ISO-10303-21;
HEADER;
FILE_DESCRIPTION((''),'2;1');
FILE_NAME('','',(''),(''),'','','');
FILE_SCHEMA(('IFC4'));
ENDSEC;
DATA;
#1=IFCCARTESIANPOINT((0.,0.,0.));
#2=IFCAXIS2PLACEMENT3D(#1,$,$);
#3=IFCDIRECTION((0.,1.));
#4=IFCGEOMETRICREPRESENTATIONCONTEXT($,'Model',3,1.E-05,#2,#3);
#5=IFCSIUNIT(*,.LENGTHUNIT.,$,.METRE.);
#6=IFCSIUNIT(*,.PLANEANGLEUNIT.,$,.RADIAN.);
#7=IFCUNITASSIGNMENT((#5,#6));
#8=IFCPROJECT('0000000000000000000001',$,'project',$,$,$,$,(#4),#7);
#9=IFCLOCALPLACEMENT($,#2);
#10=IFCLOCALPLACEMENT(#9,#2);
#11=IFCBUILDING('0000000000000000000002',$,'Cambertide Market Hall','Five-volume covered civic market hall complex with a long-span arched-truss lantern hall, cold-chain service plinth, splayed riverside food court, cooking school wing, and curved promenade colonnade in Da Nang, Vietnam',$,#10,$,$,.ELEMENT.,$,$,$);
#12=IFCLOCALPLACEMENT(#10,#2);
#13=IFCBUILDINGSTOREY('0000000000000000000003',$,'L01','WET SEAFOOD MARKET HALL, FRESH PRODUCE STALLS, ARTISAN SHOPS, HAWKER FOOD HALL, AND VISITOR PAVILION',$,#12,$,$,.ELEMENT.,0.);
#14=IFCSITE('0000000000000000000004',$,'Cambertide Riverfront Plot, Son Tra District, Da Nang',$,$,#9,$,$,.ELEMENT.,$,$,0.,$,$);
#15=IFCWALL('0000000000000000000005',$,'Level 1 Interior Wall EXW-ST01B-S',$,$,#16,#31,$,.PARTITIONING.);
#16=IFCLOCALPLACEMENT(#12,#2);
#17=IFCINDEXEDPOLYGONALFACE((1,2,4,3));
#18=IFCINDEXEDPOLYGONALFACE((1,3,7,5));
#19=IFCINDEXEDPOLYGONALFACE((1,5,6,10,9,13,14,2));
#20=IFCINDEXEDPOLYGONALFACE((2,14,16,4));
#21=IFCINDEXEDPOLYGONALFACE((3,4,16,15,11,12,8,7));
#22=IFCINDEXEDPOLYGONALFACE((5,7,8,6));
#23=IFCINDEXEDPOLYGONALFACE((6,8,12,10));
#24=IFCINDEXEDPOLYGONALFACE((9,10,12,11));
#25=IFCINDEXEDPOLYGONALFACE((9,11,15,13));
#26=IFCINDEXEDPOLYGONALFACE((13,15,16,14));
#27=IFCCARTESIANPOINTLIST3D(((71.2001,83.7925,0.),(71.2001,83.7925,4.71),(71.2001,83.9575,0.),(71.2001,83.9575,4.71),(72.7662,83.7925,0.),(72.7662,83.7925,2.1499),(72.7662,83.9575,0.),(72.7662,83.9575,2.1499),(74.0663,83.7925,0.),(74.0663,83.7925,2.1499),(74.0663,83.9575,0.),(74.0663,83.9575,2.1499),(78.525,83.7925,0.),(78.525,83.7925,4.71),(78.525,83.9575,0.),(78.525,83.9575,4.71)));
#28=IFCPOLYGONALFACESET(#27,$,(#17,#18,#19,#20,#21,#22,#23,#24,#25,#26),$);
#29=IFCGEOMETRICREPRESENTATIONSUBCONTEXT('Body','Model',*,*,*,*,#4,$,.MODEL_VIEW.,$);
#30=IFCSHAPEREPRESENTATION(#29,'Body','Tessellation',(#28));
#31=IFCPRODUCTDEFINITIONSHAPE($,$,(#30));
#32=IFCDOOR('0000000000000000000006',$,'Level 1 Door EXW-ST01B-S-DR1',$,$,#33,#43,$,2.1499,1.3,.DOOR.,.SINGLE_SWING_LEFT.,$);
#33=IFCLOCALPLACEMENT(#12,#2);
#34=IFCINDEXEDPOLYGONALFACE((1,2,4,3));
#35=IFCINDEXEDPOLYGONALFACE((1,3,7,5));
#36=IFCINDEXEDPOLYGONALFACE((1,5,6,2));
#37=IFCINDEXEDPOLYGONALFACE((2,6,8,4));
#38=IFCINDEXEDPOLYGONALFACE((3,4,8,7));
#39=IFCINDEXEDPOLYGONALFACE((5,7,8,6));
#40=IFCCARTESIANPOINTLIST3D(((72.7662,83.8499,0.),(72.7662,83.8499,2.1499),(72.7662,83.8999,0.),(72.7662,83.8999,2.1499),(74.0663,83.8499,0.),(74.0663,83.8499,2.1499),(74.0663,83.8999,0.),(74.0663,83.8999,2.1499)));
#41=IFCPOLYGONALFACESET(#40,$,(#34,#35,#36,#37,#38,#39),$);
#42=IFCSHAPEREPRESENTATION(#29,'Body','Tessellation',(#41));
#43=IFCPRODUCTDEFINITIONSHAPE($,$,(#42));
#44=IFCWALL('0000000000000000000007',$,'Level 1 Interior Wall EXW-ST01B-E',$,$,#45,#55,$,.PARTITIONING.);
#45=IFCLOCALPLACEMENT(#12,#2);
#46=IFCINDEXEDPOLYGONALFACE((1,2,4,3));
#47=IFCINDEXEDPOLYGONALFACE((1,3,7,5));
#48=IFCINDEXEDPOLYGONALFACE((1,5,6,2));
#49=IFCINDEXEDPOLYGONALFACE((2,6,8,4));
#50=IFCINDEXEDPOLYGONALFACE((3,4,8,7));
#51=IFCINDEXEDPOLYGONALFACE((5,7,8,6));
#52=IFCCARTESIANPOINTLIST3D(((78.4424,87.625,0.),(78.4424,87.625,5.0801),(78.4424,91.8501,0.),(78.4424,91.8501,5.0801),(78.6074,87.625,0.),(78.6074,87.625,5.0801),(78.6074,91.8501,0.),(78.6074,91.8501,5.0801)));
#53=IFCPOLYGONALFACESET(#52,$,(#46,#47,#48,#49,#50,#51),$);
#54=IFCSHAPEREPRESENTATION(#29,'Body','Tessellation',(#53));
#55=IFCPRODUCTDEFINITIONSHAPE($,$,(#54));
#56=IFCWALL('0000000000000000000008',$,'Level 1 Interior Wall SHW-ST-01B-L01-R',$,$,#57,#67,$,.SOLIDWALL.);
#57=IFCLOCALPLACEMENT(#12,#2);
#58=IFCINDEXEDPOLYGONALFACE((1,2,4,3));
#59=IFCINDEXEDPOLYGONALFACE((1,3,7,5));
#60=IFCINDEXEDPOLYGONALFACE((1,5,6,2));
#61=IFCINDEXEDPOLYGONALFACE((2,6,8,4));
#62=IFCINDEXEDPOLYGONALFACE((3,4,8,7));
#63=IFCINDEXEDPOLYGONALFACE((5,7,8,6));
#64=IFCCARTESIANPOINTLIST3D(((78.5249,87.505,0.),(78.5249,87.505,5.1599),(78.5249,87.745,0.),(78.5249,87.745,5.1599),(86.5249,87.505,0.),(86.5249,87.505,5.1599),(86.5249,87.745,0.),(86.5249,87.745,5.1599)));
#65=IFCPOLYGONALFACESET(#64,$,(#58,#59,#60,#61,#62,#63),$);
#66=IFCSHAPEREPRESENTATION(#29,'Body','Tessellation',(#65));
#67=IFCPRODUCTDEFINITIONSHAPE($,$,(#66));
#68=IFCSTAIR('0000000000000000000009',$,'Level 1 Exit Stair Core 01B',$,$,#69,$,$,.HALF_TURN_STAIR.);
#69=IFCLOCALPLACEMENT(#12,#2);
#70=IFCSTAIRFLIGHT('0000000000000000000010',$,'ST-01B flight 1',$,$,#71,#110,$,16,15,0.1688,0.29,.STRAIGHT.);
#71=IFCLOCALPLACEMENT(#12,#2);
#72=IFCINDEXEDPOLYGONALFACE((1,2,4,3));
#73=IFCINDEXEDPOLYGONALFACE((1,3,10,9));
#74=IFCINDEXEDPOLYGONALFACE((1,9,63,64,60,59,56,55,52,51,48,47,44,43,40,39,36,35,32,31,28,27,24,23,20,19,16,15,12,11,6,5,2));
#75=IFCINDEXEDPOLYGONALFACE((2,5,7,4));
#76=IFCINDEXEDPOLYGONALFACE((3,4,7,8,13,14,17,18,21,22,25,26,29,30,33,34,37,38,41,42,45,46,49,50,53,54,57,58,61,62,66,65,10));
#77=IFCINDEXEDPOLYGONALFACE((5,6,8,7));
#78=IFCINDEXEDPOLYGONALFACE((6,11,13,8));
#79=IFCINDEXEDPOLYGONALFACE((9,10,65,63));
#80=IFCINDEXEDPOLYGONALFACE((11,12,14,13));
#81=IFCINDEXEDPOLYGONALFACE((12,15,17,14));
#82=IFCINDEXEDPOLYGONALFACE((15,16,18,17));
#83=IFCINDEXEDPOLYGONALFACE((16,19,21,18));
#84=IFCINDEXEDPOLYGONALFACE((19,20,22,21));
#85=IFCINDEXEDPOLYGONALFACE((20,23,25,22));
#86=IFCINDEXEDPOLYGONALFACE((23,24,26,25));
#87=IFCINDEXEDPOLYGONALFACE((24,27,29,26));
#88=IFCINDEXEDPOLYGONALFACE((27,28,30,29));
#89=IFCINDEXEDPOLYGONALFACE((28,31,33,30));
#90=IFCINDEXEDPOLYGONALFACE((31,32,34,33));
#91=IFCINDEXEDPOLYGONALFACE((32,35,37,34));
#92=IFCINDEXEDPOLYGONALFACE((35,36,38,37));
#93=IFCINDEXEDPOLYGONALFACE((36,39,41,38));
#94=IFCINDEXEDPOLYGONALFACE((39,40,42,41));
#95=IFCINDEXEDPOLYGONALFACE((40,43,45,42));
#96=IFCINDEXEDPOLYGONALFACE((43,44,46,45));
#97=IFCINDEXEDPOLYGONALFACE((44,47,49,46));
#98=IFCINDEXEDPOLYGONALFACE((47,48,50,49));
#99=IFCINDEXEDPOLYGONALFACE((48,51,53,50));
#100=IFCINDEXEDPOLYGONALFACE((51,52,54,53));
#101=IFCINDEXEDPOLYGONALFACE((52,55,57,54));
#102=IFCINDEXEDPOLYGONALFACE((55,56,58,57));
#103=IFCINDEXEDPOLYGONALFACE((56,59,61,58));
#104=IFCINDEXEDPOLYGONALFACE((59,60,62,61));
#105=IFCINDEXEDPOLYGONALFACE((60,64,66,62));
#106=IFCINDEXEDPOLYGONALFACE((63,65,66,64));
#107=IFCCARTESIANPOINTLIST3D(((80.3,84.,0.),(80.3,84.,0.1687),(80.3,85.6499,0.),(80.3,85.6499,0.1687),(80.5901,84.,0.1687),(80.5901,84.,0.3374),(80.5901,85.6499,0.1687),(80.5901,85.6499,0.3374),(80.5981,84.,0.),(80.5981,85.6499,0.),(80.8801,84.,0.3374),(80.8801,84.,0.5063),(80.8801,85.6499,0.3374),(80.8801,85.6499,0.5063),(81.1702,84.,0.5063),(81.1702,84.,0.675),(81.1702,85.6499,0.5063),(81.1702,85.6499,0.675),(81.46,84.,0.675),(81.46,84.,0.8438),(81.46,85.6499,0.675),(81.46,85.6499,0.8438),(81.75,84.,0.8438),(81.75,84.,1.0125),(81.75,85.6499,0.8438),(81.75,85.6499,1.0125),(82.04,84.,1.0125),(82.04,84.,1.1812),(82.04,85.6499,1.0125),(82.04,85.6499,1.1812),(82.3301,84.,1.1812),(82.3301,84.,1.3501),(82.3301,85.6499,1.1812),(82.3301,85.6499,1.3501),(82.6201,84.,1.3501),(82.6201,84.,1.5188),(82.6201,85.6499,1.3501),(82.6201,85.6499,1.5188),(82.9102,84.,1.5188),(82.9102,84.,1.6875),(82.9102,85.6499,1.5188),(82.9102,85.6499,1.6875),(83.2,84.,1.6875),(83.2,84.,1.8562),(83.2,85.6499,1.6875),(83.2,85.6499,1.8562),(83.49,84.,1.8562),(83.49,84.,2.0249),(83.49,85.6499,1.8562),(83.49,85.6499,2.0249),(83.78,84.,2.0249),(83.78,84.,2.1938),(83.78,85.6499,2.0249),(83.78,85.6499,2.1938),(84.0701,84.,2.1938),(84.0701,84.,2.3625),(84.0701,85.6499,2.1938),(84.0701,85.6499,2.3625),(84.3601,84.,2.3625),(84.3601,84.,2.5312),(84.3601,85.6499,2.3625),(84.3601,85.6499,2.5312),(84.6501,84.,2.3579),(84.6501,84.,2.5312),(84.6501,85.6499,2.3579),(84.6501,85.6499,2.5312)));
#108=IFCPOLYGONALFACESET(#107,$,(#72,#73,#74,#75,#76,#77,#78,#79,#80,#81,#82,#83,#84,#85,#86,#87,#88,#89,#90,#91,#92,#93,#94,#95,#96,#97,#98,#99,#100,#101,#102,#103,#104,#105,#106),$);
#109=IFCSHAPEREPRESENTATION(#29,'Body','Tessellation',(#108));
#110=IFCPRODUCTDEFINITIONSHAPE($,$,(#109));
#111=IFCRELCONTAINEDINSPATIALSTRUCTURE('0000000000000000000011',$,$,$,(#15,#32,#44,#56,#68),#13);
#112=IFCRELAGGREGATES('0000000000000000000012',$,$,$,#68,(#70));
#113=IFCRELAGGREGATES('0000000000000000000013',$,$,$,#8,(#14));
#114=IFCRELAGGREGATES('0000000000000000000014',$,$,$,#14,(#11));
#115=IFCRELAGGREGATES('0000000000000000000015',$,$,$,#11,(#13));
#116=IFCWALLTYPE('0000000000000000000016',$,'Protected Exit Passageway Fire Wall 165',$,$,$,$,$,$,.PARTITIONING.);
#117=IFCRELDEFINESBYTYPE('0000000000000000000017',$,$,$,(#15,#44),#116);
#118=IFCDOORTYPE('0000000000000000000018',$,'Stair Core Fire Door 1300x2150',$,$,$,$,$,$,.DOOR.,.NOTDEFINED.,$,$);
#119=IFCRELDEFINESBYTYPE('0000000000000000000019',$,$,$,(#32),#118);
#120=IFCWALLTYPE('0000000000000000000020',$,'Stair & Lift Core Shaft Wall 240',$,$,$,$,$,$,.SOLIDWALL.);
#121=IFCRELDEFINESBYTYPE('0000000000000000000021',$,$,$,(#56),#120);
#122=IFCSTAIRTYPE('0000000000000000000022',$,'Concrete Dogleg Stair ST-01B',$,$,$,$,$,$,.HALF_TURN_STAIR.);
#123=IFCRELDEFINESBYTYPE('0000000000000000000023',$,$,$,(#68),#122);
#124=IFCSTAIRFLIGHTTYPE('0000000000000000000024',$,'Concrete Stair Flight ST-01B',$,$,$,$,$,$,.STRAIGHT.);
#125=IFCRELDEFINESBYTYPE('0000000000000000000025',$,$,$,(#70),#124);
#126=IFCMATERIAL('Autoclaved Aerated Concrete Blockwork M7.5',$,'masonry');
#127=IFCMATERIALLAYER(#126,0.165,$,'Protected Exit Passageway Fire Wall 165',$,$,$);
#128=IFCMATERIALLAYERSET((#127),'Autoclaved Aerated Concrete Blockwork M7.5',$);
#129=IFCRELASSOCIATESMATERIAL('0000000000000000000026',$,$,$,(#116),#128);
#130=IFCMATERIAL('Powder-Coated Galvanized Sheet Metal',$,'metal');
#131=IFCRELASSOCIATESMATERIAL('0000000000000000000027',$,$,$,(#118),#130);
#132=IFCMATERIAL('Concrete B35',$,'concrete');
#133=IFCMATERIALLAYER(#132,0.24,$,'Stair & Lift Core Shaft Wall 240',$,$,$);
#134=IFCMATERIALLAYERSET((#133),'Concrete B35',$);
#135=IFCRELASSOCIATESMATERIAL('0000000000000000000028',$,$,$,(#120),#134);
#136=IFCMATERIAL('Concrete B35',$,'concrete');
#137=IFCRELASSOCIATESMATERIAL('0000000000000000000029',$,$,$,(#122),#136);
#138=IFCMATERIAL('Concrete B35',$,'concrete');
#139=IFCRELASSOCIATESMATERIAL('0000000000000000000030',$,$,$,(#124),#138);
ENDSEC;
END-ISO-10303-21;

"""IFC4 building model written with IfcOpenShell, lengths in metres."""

from ifc_helpers import new_model, si_unit, direction, frame, frame_2d, origin, place, context, subcontext, project, spatial, polyline, rectangle, outline, extrude, material, layer, layer_set, type_object, element, fill, aggregate, save


model = new_model("IFC4")

# Units and contexts
model_context = context("Model", 3, precision=1e-05, world=origin(), true_north=direction((0.0, 1.0)))
body_context = subcontext(model_context, "Body", "Model", "MODEL_VIEW")
ifc_project = project(units=[si_unit("LENGTHUNIT", "METRE"), si_unit("PLANEANGLEUNIT", "RADIAN")], contexts=[model_context])

# Site, building, storey
site_placement = place(None, origin())
site = spatial("IfcSite", under=ifc_project, at=site_placement, Name="Cambertide Riverfront Plot, Son Tra District, Da Nang", CompositionType="ELEMENT", RefElevation=0.0)
building_placement = place(site_placement, origin())
building = spatial("IfcBuilding", under=site, at=building_placement, Name="Cambertide Market Hall", Description="Five-volume covered civic market hall complex with a long-span arched-truss lantern hall, cold-chain service plinth, splayed riverside food court, cooking school wing, and curved promenade colonnade in Da Nang, Vietnam", CompositionType="ELEMENT")
storey_placement = place(building_placement, origin())
storey = spatial("IfcBuildingStorey", under=building, at=storey_placement, Name="L01", Description="WET SEAFOOD MARKET HALL, FRESH PRODUCE STALLS, ARTISAN SHOPS, HAWKER FOOD HALL, AND VISITOR PAVILION", CompositionType="ELEMENT", Elevation=0.0)

# Wall, opening, door
ifc_material_1 = material(Name="Autoclaved Aerated Concrete Blockwork M7.5", Category="masonry")
ifc_layer_1 = layer(ifc_material_1, 0.165, Name="Protected Exit Passageway Fire Wall 165")
ifc_layer_set_1 = layer_set([ifc_layer_1], Name="Autoclaved Aerated Concrete Blockwork M7.5")
wall_type_1 = type_object("IfcWallType", Name="Protected Exit Passageway Fire Wall 165", PredefinedType="PARTITIONING", material=ifc_layer_set_1)
ifc_material_2 = material(Name="Powder-Coated Galvanized Sheet Metal", Category="metal")
door_type = type_object("IfcDoorType", Name="Stair Core Fire Door 1300x2150", OperationType="NOTDEFINED", PredefinedType="DOOR", material=ifc_material_2)
wall_1_placement = place(storey_placement, frame((71.2, 83.875, 0.0), z_axis=(0.0, 0.0, 1.0), x_axis=(1.0, 0.0, 0.0)))
wall_1 = element("IfcWall", 1, at=wall_1_placement, inside=storey, type_object=wall_type_1, Name="Level 1 Interior Wall EXW-ST01B-S", PredefinedType="PARTITIONING", context=body_context, shape_type="SweptSolid", body=[
    extrude(rectangle(XDim=7.325, YDim=0.165, at=frame_2d((3.6626, 0.0))), origin(), (0.0, 0.0, 1.0), 4.71),
])
opening_1_placement = place(wall_1_placement, frame((1.5664, 0.0, 0.0)))
opening_1 = element("IfcOpeningElement", 2, at=opening_1_placement, cuts=wall_1, PredefinedType="OPENING", context=body_context, shape_type="SweptSolid", body=[
    extrude(rectangle(XDim=1.3, YDim=2.1499, at=frame_2d((0.6499, 1.075))), frame((0.0, 0.0925, 0.0), z_axis=(0.0, -1.0, 0.0), x_axis=(1.0, 0.0, 0.0)), (0.0, 0.0, 1.0), 0.1851),
])
door_1_placement = place(opening_1_placement, origin())
door_1 = element("IfcDoor", 3, at=door_1_placement, inside=storey, type_object=door_type, Name="Level 1 Door EXW-ST01B-S-DR1", OperationType="SINGLE_SWING_LEFT", OverallHeight=2.1499, OverallWidth=1.3, PredefinedType="DOOR", context=body_context, shape_type="SweptSolid", body=[
    extrude(rectangle(XDim=1.3, YDim=2.1499, at=frame_2d((0.6499, 1.075))), frame((0.0, 0.0249, 0.0), z_axis=(0.0, -1.0, 0.0), x_axis=(1.0, 0.0, 0.0)), (0.0, 0.0, 1.0), 0.05),
])
fill(opening_1, door_1)

# Wall
wall_2_placement = place(storey_placement, frame((78.5249, 87.625, 0.0), z_axis=(0.0, 0.0, 1.0), x_axis=(0.0, 1.0, 0.0)))
element("IfcWall", 4, at=wall_2_placement, inside=storey, type_object=wall_type_1, Name="Level 1 Interior Wall EXW-ST01B-E", PredefinedType="PARTITIONING", context=body_context, shape_type="SweptSolid", body=[
    extrude(rectangle(XDim=4.2251, YDim=0.165, at=frame_2d((2.1125, 0.0))), origin(), (0.0, 0.0, 1.0), 5.0801),
])

# Shared definitions
ifc_material_3 = material(Name="Concrete B35", Category="concrete")
ifc_layer_2 = layer(ifc_material_3, 0.24, Name="Stair & Lift Core Shaft Wall 240")
ifc_layer_set_2 = layer_set([ifc_layer_2], Name="Concrete B35")
wall_type_2 = type_object("IfcWallType", Name="Stair & Lift Core Shaft Wall 240", PredefinedType="SOLIDWALL", material=ifc_layer_set_2)

# Wall
wall_3_placement = place(storey_placement, frame((78.5249, 87.625, 0.0), z_axis=(0.0, 0.0, 1.0), x_axis=(1.0, 0.0, 0.0)))
element("IfcWall", 5, at=wall_3_placement, inside=storey, type_object=wall_type_2, Name="Level 1 Interior Wall SHW-ST-01B-L01-R", PredefinedType="SOLIDWALL", context=body_context, shape_type="SweptSolid", body=[
    extrude(rectangle(XDim=8.0, YDim=0.24, at=frame_2d((4.0, 0.0))), origin(), (0.0, 0.0, 1.0), 5.1599),
])

# Stair, stair flight
ifc_material_4 = material(Name="Concrete B35", Category="concrete")
stair_type = type_object("IfcStairType", Name="Concrete Dogleg Stair ST-01B", PredefinedType="HALF_TURN_STAIR", material=ifc_material_4)
stair_placement = place(storey_placement, origin())
stair = element("IfcStair", 6, at=stair_placement, inside=storey, type_object=stair_type, Name="Level 1 Exit Stair Core 01B", PredefinedType="HALF_TURN_STAIR")
ifc_material_5 = material(Name="Concrete B35", Category="concrete")
stair_flight_type = type_object("IfcStairFlightType", Name="Concrete Stair Flight ST-01B", PredefinedType="STRAIGHT", material=ifc_material_5)
stair_flight_placement = place(storey_placement, frame((80.3, 84.825, 0.0), z_axis=(0.0, 0.0, 1.0), x_axis=(1.0, 0.0, 0.0)))
stair_flight = element("IfcStairFlight", 7, at=stair_flight_placement, type_object=stair_flight_type, Name="ST-01B flight 1", NumberOfRisers=16, NumberOfTreads=15, PredefinedType="STRAIGHT", RiserHeight=0.1688, TreadLength=0.29, context=body_context, shape_type="SweptSolid", body=[
    extrude(outline(polyline([(0.0, 0.0), (0.0, 0.1687), (0.29, 0.1687), (0.29, 0.3374), (0.5801, 0.3374), (0.5801, 0.5063), (0.8701, 0.5063), (0.8701, 0.675), (1.1599, 0.675), (1.1599, 0.8438), (1.45, 0.8438), (1.45, 1.0125), (1.74, 1.0125), (1.74, 1.1812), (2.03, 1.1812), (2.03, 1.3501), (2.3201, 1.3501), (2.3201, 1.5188), (2.6101, 1.5188), (2.6101, 1.6875), (2.8999, 1.6875), (2.8999, 1.8562), (3.1899, 1.8562), (3.1899, 2.0249), (3.48, 2.0249), (3.48, 2.1938), (3.77, 2.1938), (3.77, 2.3625), (4.0601, 2.3625), (4.0601, 2.5312), (4.3501, 2.5312), (4.3501, 2.7), (4.3501, 2.3579), (0.2981, 0.0), (0.0, 0.0)])), frame((0.0, 0.825, 0.0), z_axis=(0.0, -1.0, 0.0), x_axis=(1.0, 0.0, 0.0)), (0.0, 0.0, 1.0), 1.6499),
])
aggregate(stair, [stair_flight])

save(model, "model.ifc")
